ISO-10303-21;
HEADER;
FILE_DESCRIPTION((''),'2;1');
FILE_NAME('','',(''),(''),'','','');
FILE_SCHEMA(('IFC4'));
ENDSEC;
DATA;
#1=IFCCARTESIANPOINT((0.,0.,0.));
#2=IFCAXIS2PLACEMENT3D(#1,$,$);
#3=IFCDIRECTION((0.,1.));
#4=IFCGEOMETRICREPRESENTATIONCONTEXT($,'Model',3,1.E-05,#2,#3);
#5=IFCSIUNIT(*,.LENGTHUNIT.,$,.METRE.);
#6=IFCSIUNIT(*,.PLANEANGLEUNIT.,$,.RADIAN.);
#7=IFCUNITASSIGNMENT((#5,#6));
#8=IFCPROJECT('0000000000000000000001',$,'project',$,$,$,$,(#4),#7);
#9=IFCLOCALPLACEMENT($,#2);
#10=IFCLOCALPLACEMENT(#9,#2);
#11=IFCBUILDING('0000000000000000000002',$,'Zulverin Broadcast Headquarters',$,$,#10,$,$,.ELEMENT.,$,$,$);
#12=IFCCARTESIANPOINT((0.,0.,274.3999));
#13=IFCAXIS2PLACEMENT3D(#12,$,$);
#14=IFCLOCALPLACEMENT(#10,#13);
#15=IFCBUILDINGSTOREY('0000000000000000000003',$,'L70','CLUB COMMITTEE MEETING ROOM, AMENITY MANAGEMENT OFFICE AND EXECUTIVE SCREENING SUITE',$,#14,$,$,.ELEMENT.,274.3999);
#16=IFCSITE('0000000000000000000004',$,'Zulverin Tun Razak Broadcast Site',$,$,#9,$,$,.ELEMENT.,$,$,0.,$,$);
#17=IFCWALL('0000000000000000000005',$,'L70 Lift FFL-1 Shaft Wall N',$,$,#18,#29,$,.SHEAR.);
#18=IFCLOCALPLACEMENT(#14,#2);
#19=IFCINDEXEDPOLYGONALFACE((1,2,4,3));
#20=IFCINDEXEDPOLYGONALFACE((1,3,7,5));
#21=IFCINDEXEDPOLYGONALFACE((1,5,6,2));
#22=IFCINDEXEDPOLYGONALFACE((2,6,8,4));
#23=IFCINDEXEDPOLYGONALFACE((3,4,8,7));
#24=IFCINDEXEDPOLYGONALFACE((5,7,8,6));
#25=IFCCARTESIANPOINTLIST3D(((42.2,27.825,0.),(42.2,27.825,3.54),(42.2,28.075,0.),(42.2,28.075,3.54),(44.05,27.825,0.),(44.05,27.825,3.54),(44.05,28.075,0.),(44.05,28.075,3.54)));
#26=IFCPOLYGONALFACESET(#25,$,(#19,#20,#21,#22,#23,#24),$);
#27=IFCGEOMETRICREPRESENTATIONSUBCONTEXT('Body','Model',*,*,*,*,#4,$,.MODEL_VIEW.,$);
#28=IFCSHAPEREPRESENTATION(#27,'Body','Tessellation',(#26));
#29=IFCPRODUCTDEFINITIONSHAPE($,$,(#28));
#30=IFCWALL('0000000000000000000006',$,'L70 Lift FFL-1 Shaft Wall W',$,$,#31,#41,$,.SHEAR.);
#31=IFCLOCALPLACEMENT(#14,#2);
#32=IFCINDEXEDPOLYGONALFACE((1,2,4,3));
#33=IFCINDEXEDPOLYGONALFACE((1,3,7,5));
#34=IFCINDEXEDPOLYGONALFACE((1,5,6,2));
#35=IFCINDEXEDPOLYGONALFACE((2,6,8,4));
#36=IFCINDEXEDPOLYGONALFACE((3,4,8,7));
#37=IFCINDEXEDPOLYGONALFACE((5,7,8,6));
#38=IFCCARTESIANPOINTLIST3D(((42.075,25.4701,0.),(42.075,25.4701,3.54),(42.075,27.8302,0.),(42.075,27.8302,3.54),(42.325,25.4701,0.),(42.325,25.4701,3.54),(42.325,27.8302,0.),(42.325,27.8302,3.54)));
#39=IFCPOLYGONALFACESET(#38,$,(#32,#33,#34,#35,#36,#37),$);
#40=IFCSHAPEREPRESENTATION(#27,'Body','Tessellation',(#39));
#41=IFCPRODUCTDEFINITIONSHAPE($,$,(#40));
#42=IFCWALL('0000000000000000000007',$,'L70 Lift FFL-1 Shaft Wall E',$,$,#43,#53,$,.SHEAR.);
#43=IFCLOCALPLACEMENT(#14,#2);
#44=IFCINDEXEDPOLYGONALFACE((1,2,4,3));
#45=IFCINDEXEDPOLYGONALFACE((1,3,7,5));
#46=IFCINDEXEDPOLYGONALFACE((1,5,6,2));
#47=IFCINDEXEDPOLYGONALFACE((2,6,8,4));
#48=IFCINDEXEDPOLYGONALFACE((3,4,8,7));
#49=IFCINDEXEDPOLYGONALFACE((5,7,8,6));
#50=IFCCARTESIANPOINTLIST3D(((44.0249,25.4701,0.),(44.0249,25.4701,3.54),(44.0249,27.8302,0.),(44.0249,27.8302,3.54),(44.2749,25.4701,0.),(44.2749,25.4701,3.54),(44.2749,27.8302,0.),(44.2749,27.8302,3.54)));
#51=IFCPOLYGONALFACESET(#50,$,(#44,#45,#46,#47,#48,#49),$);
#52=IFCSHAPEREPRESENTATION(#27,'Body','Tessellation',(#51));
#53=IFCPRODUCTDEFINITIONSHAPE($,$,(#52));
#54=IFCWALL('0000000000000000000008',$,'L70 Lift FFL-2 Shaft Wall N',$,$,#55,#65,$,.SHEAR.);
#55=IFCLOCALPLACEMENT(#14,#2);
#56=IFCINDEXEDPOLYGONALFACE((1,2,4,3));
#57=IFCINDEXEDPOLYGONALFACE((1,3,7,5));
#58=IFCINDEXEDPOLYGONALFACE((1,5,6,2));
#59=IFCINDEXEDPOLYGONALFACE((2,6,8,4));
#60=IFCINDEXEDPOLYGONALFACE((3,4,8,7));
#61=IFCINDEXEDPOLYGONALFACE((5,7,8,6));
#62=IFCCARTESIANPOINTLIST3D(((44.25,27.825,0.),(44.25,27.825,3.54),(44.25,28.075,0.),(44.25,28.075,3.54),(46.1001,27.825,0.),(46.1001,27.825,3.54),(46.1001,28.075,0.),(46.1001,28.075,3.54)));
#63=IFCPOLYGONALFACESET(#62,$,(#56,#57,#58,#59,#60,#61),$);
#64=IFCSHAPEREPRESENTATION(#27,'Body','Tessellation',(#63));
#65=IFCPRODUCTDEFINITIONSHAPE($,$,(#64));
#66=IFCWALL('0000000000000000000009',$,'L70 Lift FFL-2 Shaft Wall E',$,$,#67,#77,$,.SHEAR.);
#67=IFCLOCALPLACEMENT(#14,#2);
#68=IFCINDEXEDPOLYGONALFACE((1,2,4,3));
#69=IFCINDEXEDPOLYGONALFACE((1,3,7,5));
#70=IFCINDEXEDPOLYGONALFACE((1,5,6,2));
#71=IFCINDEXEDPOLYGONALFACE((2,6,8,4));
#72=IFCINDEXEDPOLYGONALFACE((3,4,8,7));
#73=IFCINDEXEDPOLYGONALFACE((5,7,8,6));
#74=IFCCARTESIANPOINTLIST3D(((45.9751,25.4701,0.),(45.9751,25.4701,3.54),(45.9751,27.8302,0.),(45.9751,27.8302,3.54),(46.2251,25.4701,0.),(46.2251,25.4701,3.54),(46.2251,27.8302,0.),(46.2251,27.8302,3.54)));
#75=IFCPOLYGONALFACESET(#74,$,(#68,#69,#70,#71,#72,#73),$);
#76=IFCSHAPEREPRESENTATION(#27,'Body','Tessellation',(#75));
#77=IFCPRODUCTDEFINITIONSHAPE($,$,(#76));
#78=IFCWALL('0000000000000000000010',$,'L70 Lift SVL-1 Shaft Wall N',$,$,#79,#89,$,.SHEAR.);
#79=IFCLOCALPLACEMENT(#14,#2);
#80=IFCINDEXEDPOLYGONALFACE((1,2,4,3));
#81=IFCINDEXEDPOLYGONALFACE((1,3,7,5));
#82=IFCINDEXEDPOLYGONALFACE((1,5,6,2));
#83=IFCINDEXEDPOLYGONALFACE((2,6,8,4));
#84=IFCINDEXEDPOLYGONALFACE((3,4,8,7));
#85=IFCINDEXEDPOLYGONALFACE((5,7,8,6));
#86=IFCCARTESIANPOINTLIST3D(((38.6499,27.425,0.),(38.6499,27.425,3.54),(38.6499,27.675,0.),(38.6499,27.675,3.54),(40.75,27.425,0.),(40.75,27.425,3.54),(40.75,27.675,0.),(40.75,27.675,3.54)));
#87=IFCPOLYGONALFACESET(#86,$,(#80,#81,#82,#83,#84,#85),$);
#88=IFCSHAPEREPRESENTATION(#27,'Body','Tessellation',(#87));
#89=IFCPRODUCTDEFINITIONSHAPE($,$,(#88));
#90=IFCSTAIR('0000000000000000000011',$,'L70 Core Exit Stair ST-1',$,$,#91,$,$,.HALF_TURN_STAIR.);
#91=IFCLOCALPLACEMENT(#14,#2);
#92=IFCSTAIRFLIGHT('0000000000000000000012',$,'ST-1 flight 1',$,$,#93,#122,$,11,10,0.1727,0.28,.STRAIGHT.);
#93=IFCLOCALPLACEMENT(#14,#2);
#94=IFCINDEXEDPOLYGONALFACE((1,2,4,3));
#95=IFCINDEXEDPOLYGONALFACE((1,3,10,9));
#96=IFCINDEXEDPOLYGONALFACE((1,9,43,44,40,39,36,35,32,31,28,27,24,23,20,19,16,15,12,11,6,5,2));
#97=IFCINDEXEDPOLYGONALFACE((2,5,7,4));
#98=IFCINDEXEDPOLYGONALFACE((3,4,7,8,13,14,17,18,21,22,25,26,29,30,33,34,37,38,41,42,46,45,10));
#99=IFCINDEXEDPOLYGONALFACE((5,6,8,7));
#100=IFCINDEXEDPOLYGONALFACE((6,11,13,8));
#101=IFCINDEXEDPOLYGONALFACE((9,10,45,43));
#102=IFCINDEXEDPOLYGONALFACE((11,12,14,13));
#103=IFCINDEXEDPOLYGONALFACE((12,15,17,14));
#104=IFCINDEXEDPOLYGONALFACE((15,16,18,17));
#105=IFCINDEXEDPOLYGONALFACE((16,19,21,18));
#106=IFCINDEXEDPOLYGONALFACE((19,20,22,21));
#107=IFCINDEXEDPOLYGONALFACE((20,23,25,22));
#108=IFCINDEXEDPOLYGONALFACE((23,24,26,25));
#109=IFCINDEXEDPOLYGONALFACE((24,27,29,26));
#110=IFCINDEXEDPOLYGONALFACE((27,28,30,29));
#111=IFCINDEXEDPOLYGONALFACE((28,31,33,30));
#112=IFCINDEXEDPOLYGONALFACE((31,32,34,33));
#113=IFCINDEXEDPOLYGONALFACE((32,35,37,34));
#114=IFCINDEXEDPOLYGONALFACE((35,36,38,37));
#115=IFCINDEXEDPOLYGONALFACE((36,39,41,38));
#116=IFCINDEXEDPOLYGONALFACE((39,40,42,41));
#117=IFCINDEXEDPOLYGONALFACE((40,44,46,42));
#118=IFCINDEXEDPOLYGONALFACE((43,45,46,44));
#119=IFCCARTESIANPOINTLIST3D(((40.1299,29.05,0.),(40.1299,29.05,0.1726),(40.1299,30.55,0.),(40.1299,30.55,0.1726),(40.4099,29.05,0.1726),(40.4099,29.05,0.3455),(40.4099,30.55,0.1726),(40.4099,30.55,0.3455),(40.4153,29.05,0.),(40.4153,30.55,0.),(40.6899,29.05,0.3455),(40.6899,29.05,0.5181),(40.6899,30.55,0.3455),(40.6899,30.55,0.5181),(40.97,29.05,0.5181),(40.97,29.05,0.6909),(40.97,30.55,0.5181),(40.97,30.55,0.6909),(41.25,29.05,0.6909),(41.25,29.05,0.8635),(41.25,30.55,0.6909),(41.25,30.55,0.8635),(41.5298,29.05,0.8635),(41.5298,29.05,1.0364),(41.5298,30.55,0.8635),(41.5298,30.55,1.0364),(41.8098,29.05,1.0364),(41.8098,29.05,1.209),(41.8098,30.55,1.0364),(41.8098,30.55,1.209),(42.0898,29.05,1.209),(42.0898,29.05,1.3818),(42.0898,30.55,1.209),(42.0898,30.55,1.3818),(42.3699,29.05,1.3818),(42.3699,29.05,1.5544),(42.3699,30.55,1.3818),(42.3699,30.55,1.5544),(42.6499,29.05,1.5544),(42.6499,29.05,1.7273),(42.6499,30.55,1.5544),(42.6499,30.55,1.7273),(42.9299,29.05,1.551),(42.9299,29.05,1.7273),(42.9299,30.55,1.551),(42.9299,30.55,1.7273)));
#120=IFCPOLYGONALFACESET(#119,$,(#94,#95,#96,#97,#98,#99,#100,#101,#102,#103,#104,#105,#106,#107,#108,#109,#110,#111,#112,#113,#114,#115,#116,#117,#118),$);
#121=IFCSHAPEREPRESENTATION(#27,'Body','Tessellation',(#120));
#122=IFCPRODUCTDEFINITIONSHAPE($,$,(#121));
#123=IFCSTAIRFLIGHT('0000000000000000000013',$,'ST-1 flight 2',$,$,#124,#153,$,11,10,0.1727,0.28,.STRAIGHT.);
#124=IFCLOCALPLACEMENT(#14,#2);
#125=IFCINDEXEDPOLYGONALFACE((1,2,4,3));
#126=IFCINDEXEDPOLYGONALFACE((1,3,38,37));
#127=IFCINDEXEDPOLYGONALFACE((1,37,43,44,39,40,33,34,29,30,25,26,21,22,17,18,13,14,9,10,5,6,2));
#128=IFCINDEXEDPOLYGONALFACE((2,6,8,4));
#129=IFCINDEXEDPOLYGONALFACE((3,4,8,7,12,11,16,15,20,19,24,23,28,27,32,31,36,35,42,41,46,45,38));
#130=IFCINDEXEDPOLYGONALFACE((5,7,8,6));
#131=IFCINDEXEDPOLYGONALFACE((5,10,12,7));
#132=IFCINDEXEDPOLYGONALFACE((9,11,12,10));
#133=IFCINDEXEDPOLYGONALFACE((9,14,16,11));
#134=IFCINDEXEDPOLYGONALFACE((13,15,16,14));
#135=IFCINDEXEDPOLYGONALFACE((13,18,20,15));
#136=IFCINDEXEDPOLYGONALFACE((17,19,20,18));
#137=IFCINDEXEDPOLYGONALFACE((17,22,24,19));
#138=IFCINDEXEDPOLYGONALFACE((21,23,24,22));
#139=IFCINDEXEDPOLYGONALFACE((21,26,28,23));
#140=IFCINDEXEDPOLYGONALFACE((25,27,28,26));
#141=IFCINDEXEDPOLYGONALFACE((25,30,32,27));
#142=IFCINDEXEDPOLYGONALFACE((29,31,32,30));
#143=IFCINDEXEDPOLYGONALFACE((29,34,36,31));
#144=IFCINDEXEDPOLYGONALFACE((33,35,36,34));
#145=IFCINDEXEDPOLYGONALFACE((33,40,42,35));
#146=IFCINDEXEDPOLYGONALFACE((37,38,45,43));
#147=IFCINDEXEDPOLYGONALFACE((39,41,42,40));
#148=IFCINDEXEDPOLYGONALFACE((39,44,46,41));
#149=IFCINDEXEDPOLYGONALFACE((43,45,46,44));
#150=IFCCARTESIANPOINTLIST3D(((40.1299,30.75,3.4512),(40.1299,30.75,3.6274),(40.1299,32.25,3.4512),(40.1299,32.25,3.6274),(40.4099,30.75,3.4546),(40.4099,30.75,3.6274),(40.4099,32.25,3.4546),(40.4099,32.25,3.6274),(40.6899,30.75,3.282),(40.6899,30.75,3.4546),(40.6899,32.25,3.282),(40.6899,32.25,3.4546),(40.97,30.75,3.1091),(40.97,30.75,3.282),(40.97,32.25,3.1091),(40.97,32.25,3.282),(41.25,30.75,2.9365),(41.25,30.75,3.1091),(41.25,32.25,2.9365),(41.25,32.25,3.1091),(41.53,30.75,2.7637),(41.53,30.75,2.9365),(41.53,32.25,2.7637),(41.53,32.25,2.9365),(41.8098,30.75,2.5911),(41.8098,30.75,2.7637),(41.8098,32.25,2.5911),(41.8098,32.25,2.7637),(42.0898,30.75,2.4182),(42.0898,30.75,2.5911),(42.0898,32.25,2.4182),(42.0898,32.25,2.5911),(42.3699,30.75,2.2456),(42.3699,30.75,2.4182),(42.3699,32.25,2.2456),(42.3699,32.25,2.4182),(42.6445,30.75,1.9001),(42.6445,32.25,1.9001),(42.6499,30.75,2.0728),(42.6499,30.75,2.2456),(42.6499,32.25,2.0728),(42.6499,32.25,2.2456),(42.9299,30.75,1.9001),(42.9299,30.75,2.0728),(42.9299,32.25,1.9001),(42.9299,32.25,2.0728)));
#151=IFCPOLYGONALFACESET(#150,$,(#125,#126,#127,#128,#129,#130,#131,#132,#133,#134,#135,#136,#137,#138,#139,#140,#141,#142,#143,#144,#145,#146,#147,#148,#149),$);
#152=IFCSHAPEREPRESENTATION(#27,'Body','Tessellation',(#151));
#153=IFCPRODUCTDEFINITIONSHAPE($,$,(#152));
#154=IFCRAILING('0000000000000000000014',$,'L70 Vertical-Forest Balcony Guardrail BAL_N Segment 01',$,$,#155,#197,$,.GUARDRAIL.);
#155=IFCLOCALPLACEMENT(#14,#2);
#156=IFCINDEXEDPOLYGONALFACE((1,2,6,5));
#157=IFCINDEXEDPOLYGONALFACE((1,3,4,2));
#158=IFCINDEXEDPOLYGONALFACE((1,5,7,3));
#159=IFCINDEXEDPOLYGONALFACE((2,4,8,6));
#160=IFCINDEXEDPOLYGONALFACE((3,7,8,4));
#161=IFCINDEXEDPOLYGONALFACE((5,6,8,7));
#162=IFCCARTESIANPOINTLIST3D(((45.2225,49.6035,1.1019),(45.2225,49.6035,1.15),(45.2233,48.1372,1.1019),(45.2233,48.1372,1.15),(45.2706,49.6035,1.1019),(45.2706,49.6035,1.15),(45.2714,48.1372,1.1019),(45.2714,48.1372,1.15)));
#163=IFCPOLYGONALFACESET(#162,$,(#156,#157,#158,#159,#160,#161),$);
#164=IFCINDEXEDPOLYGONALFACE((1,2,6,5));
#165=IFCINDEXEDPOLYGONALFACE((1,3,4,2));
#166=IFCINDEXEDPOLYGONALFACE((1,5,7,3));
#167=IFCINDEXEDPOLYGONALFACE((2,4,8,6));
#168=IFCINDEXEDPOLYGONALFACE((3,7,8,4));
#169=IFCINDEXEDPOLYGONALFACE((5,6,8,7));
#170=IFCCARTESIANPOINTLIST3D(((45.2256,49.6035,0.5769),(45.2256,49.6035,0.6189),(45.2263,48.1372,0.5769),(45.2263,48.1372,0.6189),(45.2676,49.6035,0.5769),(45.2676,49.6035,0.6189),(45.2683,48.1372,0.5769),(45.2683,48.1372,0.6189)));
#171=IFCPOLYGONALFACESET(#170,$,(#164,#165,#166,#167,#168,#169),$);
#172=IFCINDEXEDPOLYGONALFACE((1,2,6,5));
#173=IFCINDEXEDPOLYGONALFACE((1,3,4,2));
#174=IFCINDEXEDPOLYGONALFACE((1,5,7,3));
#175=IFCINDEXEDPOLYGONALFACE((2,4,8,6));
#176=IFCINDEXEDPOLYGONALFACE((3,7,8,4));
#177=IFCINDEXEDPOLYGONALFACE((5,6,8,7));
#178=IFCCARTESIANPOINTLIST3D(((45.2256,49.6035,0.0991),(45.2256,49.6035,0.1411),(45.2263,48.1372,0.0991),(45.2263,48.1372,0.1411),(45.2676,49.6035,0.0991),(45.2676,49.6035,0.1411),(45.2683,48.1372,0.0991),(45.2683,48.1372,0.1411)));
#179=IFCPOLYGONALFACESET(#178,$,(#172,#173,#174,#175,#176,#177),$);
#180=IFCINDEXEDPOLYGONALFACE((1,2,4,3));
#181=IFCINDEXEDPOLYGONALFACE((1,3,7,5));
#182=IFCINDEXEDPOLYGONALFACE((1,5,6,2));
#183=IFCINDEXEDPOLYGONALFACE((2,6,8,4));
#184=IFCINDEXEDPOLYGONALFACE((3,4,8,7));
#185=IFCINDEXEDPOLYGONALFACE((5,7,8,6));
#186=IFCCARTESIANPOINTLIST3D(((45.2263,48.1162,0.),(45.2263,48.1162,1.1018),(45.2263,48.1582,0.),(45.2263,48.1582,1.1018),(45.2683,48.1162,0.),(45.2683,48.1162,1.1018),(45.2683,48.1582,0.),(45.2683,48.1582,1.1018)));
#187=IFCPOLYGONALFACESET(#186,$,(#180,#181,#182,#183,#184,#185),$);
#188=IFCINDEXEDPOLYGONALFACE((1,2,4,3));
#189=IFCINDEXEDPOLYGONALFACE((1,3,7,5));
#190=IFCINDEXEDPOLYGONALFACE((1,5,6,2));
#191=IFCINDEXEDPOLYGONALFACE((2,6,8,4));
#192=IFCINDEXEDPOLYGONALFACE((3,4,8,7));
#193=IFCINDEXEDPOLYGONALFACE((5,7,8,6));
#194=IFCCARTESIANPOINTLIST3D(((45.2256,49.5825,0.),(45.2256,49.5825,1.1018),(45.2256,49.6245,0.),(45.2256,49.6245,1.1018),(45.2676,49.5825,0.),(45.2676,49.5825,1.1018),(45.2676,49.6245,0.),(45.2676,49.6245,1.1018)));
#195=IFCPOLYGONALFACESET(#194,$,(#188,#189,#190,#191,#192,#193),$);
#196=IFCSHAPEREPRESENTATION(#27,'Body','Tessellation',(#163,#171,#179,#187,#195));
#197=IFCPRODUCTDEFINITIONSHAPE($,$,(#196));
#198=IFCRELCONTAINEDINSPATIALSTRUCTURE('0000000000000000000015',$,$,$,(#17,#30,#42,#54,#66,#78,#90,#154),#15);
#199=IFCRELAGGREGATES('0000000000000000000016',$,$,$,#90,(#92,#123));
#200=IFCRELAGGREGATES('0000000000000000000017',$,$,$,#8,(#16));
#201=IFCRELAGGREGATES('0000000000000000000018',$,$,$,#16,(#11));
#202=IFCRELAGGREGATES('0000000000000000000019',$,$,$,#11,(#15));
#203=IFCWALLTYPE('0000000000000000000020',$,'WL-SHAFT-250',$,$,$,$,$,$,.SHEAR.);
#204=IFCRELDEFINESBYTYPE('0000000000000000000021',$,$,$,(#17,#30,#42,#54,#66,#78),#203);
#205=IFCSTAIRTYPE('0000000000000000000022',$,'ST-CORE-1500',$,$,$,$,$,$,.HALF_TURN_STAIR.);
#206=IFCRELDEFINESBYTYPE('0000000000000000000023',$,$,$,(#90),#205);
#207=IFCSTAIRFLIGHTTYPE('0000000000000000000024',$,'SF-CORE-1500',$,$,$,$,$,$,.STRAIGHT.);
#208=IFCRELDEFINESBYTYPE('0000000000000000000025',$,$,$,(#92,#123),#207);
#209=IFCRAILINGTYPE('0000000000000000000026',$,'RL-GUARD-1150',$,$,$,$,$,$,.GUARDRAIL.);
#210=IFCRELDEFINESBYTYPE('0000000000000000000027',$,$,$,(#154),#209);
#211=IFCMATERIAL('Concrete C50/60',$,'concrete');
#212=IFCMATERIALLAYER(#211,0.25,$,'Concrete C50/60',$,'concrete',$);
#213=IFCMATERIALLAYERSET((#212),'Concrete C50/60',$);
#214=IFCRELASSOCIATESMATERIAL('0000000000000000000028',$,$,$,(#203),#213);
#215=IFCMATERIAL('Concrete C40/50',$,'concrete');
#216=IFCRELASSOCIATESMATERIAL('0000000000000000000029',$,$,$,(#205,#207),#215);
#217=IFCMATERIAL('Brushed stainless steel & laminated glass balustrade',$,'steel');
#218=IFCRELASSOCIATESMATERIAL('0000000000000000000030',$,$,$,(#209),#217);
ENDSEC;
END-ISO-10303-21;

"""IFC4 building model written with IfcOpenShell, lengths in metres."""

from ifc_helpers import new_model, si_unit, direction, frame, frame_2d, origin, origin_2d, place, context, subcontext, project, spatial, polyline, rectangle, outline, extrude, material, layer, layer_set, type_object, element, aggregate, save


model = new_model("IFC4")

# Units and contexts
model_context = context("Model", 3, precision=1e-05, world=origin(), true_north=direction((0.0, 1.0)))
body_context = subcontext(model_context, "Body", "Model", "MODEL_VIEW")
ifc_project = project(units=[si_unit("LENGTHUNIT", "METRE"), si_unit("PLANEANGLEUNIT", "RADIAN")], contexts=[model_context])

# Site, building, storey
site_placement = place(None, origin())
site = spatial("IfcSite", under=ifc_project, at=site_placement, Name="Zulverin Tun Razak Broadcast Site", CompositionType="ELEMENT", RefElevation=0.0)
building_placement = place(site_placement, origin())
building = spatial("IfcBuilding", under=site, at=building_placement, Name="Zulverin Broadcast Headquarters", CompositionType="ELEMENT")
storey_placement = place(building_placement, frame((0.0, 0.0, 274.3999)))
storey = spatial("IfcBuildingStorey", under=building, at=storey_placement, Name="L70", Description="CLUB COMMITTEE MEETING ROOM, AMENITY MANAGEMENT OFFICE AND EXECUTIVE SCREENING SUITE", CompositionType="ELEMENT", Elevation=274.3999)

# Shared definitions
ifc_material_1 = material(Name="Concrete C50/60", Category="concrete")

# Shared definitions
ifc_material_2 = material(Name="Concrete C40/50", Category="concrete")

# Shared definitions
ifc_layer_1 = layer(ifc_material_1, 0.25, Name="Concrete C50/60", Category="concrete")
ifc_layer_set_1 = layer_set([ifc_layer_1], Name="Concrete C50/60")
wall_type_1 = type_object("IfcWallType", Name="WL-SHAFT-250", PredefinedType="SHEAR", material=ifc_layer_set_1)

# Walls
wall_1_placement = place(storey_placement, frame((42.2, 27.95, 0.0), z_axis=(0.0, 0.0, 1.0), x_axis=(1.0, 0.0, 0.0)))
element("IfcWall", 1, at=wall_1_placement, inside=storey, type_object=wall_type_1, Name="L70 Lift FFL-1 Shaft Wall N", PredefinedType="SHEAR", context=body_context, shape_type="SweptSolid", body=[
    extrude(rectangle(XDim=1.8501, YDim=0.25, at=frame_2d((0.925, 0.0))), origin(), (0.0, 0.0, 1.0), 3.54),
])
for number, where, z_axis, x_axis, name in (
    (2, (42.2, 25.47, 0.0), (0.0, 0.0, 1.0), (0.0, 1.0, 0.0), "L70 Lift FFL-1 Shaft Wall W"),
    (3, (44.1499, 25.47, 0.0), (0.0, 0.0, 1.0), (0.0, 1.0, 0.0), "L70 Lift FFL-1 Shaft Wall E"),
):
    element("IfcWall", number, at=place(storey_placement, frame(where, z_axis=z_axis, x_axis=x_axis)), inside=storey, type_object=wall_type_1, Name=name, PredefinedType="SHEAR", context=body_context, shape_type="SweptSolid", body=[
        extrude(rectangle(XDim=2.3601, YDim=0.25, at=frame_2d((1.1802, 0.0))), origin(), (0.0, 0.0, 1.0), 3.54),
    ])
wall_2_placement = place(storey_placement, frame((44.25, 27.95, 0.0), z_axis=(0.0, 0.0, 1.0), x_axis=(1.0, 0.0, 0.0)))
element("IfcWall", 4, at=wall_2_placement, inside=storey, type_object=wall_type_1, Name="L70 Lift FFL-2 Shaft Wall N", PredefinedType="SHEAR", context=body_context, shape_type="SweptSolid", body=[
    extrude(rectangle(XDim=1.8501, YDim=0.25, at=frame_2d((0.925, 0.0))), origin(), (0.0, 0.0, 1.0), 3.54),
])
wall_3_placement = place(storey_placement, frame((46.1001, 25.47, 0.0), z_axis=(0.0, 0.0, 1.0), x_axis=(0.0, 1.0, 0.0)))
element("IfcWall", 5, at=wall_3_placement, inside=storey, type_object=wall_type_1, Name="L70 Lift FFL-2 Shaft Wall E", PredefinedType="SHEAR", context=body_context, shape_type="SweptSolid", body=[
    extrude(rectangle(XDim=2.3601, YDim=0.25, at=frame_2d((1.1802, 0.0))), origin(), (0.0, 0.0, 1.0), 3.54),
])
wall_4_placement = place(storey_placement, frame((38.6499, 27.55, 0.0), z_axis=(0.0, 0.0, 1.0), x_axis=(1.0, 0.0, 0.0)))
element("IfcWall", 6, at=wall_4_placement, inside=storey, type_object=wall_type_1, Name="L70 Lift SVL-1 Shaft Wall N", PredefinedType="SHEAR", context=body_context, shape_type="SweptSolid", body=[
    extrude(rectangle(XDim=2.1001, YDim=0.25, at=frame_2d((1.05, 0.0))), origin(), (0.0, 0.0, 1.0), 3.54),
])

# Stair, stair flights
stair_type = type_object("IfcStairType", Name="ST-CORE-1500", PredefinedType="HALF_TURN_STAIR", material=ifc_material_2)
stair_placement = place(storey_placement, origin())
stair = element("IfcStair", 7, at=stair_placement, inside=storey, type_object=stair_type, Name="L70 Core Exit Stair ST-1", PredefinedType="HALF_TURN_STAIR")
stair_flight_type = type_object("IfcStairFlightType", Name="SF-CORE-1500", PredefinedType="STRAIGHT", material=ifc_material_2)
stair_flight_1_placement = place(storey_placement, frame((40.1299, 29.8, 0.0), z_axis=(0.0, 0.0, 1.0), x_axis=(1.0, 0.0, 0.0)))
stair_flight_1 = element("IfcStairFlight", 8, at=stair_flight_1_placement, type_object=stair_flight_type, Name="ST-1 flight 1", NumberOfRisers=11, NumberOfTreads=10, PredefinedType="STRAIGHT", RiserHeight=0.1727, TreadLength=0.28, context=body_context, shape_type="SweptSolid", body=[
    extrude(outline(polyline([(0.0, 0.0), (0.0, 0.1726), (0.28, 0.1726), (0.28, 0.3455), (0.5601, 0.3455), (0.5601, 0.5181), (0.8401, 0.5181), (0.8401, 0.6909), (1.1201, 0.6909), (1.1201, 0.8635), (1.3999, 0.8635), (1.3999, 1.0364), (1.6799, 1.0364), (1.6799, 1.209), (1.96, 1.209), (1.96, 1.3818), (2.24, 1.3818), (2.24, 1.5544), (2.52, 1.5544), (2.52, 1.7273), (2.8, 1.7273), (2.8, 1.8999), (2.8, 1.551), (0.2854, 0.0), (0.0, 0.0)])), frame((0.0, 0.75, 0.0), z_axis=(0.0, -1.0, 0.0), x_axis=(1.0, 0.0, 0.0)), (0.0, 0.0, 1.0), 1.5),
])
stair_flight_2_placement = place(storey_placement, frame((42.9299, 31.5, 1.9001), z_axis=(0.0, 0.0, 1.0), x_axis=(-1.0, 0.0, 0.0)))
stair_flight_2 = element("IfcStairFlight", 9, at=stair_flight_2_placement, type_object=stair_flight_type, Name="ST-1 flight 2", NumberOfRisers=11, NumberOfTreads=10, PredefinedType="STRAIGHT", RiserHeight=0.1727, TreadLength=0.28, context=body_context, shape_type="SweptSolid", body=[
    extrude(outline(polyline([(0.0, 0.0), (0.0, 0.1726), (0.28, 0.1726), (0.28, 0.3455), (0.5601, 0.3455), (0.5601, 0.5181), (0.8401, 0.5181), (0.8401, 0.6909), (1.1201, 0.6909), (1.1201, 0.8635), (1.3999, 0.8635), (1.3999, 1.0364), (1.6799, 1.0364), (1.6799, 1.209), (1.96, 1.209), (1.96, 1.3818), (2.24, 1.3818), (2.24, 1.5544), (2.52, 1.5544), (2.52, 1.7273), (2.8, 1.7273), (2.8, 1.8999), (2.8, 1.551), (0.2854, 0.0), (0.0, 0.0)])), frame((0.0, 0.75, 0.0), z_axis=(0.0, -1.0, 0.0), x_axis=(1.0, 0.0, 0.0)), (0.0, 0.0, 1.0), 1.5),
])
aggregate(stair, [stair_flight_1, stair_flight_2])

# Railing
ifc_material_3 = material(Name="Brushed stainless steel & laminated glass balustrade", Category="steel")
railing_type_1 = type_object("IfcRailingType", Name="RL-GUARD-1150", PredefinedType="GUARDRAIL", material=ifc_material_3)
railing_1_placement = place(storey_placement, frame((45.2473, 48.1372, 0.0)))
element("IfcRailing", 10, at=railing_1_placement, inside=storey, type_object=railing_type_1, Name="L70 Vertical-Forest Balcony Guardrail BAL_N Segment 01", PredefinedType="GUARDRAIL", context=body_context, shape_type="SweptSolid", body=[
    extrude(rectangle(XDim=0.0481, YDim=0.0481, at=origin_2d()), frame((0.0, 0.0, 1.126), z_axis=(-0.0005, 1.0, 0.0), x_axis=(-1.0, -0.0005, 0.0)), (0.0, 0.0, 1.0), 1.4663),
    extrude(rectangle(XDim=0.042, YDim=0.042, at=origin_2d()), frame((0.0, 0.0, 0.5979), z_axis=(-0.0005, 1.0, 0.0), x_axis=(-1.0, -0.0005, 0.0)), (0.0, 0.0, 1.0), 1.4663),
    extrude(rectangle(XDim=0.042, YDim=0.042, at=origin_2d()), frame((0.0, 0.0, 0.1201), z_axis=(-0.0005, 1.0, 0.0), x_axis=(-1.0, -0.0005, 0.0)), (0.0, 0.0, 1.0), 1.4663),
    extrude(rectangle(XDim=0.042, YDim=0.042, at=origin_2d()), origin(), (0.0, 0.0, 1.0), 1.1018),
    extrude(rectangle(XDim=0.042, YDim=0.042, at=origin_2d()), frame((-0.0007, 1.4663, 0.0)), (0.0, 0.0, 1.0), 1.1018),
])

save(model, "model.ifc")
